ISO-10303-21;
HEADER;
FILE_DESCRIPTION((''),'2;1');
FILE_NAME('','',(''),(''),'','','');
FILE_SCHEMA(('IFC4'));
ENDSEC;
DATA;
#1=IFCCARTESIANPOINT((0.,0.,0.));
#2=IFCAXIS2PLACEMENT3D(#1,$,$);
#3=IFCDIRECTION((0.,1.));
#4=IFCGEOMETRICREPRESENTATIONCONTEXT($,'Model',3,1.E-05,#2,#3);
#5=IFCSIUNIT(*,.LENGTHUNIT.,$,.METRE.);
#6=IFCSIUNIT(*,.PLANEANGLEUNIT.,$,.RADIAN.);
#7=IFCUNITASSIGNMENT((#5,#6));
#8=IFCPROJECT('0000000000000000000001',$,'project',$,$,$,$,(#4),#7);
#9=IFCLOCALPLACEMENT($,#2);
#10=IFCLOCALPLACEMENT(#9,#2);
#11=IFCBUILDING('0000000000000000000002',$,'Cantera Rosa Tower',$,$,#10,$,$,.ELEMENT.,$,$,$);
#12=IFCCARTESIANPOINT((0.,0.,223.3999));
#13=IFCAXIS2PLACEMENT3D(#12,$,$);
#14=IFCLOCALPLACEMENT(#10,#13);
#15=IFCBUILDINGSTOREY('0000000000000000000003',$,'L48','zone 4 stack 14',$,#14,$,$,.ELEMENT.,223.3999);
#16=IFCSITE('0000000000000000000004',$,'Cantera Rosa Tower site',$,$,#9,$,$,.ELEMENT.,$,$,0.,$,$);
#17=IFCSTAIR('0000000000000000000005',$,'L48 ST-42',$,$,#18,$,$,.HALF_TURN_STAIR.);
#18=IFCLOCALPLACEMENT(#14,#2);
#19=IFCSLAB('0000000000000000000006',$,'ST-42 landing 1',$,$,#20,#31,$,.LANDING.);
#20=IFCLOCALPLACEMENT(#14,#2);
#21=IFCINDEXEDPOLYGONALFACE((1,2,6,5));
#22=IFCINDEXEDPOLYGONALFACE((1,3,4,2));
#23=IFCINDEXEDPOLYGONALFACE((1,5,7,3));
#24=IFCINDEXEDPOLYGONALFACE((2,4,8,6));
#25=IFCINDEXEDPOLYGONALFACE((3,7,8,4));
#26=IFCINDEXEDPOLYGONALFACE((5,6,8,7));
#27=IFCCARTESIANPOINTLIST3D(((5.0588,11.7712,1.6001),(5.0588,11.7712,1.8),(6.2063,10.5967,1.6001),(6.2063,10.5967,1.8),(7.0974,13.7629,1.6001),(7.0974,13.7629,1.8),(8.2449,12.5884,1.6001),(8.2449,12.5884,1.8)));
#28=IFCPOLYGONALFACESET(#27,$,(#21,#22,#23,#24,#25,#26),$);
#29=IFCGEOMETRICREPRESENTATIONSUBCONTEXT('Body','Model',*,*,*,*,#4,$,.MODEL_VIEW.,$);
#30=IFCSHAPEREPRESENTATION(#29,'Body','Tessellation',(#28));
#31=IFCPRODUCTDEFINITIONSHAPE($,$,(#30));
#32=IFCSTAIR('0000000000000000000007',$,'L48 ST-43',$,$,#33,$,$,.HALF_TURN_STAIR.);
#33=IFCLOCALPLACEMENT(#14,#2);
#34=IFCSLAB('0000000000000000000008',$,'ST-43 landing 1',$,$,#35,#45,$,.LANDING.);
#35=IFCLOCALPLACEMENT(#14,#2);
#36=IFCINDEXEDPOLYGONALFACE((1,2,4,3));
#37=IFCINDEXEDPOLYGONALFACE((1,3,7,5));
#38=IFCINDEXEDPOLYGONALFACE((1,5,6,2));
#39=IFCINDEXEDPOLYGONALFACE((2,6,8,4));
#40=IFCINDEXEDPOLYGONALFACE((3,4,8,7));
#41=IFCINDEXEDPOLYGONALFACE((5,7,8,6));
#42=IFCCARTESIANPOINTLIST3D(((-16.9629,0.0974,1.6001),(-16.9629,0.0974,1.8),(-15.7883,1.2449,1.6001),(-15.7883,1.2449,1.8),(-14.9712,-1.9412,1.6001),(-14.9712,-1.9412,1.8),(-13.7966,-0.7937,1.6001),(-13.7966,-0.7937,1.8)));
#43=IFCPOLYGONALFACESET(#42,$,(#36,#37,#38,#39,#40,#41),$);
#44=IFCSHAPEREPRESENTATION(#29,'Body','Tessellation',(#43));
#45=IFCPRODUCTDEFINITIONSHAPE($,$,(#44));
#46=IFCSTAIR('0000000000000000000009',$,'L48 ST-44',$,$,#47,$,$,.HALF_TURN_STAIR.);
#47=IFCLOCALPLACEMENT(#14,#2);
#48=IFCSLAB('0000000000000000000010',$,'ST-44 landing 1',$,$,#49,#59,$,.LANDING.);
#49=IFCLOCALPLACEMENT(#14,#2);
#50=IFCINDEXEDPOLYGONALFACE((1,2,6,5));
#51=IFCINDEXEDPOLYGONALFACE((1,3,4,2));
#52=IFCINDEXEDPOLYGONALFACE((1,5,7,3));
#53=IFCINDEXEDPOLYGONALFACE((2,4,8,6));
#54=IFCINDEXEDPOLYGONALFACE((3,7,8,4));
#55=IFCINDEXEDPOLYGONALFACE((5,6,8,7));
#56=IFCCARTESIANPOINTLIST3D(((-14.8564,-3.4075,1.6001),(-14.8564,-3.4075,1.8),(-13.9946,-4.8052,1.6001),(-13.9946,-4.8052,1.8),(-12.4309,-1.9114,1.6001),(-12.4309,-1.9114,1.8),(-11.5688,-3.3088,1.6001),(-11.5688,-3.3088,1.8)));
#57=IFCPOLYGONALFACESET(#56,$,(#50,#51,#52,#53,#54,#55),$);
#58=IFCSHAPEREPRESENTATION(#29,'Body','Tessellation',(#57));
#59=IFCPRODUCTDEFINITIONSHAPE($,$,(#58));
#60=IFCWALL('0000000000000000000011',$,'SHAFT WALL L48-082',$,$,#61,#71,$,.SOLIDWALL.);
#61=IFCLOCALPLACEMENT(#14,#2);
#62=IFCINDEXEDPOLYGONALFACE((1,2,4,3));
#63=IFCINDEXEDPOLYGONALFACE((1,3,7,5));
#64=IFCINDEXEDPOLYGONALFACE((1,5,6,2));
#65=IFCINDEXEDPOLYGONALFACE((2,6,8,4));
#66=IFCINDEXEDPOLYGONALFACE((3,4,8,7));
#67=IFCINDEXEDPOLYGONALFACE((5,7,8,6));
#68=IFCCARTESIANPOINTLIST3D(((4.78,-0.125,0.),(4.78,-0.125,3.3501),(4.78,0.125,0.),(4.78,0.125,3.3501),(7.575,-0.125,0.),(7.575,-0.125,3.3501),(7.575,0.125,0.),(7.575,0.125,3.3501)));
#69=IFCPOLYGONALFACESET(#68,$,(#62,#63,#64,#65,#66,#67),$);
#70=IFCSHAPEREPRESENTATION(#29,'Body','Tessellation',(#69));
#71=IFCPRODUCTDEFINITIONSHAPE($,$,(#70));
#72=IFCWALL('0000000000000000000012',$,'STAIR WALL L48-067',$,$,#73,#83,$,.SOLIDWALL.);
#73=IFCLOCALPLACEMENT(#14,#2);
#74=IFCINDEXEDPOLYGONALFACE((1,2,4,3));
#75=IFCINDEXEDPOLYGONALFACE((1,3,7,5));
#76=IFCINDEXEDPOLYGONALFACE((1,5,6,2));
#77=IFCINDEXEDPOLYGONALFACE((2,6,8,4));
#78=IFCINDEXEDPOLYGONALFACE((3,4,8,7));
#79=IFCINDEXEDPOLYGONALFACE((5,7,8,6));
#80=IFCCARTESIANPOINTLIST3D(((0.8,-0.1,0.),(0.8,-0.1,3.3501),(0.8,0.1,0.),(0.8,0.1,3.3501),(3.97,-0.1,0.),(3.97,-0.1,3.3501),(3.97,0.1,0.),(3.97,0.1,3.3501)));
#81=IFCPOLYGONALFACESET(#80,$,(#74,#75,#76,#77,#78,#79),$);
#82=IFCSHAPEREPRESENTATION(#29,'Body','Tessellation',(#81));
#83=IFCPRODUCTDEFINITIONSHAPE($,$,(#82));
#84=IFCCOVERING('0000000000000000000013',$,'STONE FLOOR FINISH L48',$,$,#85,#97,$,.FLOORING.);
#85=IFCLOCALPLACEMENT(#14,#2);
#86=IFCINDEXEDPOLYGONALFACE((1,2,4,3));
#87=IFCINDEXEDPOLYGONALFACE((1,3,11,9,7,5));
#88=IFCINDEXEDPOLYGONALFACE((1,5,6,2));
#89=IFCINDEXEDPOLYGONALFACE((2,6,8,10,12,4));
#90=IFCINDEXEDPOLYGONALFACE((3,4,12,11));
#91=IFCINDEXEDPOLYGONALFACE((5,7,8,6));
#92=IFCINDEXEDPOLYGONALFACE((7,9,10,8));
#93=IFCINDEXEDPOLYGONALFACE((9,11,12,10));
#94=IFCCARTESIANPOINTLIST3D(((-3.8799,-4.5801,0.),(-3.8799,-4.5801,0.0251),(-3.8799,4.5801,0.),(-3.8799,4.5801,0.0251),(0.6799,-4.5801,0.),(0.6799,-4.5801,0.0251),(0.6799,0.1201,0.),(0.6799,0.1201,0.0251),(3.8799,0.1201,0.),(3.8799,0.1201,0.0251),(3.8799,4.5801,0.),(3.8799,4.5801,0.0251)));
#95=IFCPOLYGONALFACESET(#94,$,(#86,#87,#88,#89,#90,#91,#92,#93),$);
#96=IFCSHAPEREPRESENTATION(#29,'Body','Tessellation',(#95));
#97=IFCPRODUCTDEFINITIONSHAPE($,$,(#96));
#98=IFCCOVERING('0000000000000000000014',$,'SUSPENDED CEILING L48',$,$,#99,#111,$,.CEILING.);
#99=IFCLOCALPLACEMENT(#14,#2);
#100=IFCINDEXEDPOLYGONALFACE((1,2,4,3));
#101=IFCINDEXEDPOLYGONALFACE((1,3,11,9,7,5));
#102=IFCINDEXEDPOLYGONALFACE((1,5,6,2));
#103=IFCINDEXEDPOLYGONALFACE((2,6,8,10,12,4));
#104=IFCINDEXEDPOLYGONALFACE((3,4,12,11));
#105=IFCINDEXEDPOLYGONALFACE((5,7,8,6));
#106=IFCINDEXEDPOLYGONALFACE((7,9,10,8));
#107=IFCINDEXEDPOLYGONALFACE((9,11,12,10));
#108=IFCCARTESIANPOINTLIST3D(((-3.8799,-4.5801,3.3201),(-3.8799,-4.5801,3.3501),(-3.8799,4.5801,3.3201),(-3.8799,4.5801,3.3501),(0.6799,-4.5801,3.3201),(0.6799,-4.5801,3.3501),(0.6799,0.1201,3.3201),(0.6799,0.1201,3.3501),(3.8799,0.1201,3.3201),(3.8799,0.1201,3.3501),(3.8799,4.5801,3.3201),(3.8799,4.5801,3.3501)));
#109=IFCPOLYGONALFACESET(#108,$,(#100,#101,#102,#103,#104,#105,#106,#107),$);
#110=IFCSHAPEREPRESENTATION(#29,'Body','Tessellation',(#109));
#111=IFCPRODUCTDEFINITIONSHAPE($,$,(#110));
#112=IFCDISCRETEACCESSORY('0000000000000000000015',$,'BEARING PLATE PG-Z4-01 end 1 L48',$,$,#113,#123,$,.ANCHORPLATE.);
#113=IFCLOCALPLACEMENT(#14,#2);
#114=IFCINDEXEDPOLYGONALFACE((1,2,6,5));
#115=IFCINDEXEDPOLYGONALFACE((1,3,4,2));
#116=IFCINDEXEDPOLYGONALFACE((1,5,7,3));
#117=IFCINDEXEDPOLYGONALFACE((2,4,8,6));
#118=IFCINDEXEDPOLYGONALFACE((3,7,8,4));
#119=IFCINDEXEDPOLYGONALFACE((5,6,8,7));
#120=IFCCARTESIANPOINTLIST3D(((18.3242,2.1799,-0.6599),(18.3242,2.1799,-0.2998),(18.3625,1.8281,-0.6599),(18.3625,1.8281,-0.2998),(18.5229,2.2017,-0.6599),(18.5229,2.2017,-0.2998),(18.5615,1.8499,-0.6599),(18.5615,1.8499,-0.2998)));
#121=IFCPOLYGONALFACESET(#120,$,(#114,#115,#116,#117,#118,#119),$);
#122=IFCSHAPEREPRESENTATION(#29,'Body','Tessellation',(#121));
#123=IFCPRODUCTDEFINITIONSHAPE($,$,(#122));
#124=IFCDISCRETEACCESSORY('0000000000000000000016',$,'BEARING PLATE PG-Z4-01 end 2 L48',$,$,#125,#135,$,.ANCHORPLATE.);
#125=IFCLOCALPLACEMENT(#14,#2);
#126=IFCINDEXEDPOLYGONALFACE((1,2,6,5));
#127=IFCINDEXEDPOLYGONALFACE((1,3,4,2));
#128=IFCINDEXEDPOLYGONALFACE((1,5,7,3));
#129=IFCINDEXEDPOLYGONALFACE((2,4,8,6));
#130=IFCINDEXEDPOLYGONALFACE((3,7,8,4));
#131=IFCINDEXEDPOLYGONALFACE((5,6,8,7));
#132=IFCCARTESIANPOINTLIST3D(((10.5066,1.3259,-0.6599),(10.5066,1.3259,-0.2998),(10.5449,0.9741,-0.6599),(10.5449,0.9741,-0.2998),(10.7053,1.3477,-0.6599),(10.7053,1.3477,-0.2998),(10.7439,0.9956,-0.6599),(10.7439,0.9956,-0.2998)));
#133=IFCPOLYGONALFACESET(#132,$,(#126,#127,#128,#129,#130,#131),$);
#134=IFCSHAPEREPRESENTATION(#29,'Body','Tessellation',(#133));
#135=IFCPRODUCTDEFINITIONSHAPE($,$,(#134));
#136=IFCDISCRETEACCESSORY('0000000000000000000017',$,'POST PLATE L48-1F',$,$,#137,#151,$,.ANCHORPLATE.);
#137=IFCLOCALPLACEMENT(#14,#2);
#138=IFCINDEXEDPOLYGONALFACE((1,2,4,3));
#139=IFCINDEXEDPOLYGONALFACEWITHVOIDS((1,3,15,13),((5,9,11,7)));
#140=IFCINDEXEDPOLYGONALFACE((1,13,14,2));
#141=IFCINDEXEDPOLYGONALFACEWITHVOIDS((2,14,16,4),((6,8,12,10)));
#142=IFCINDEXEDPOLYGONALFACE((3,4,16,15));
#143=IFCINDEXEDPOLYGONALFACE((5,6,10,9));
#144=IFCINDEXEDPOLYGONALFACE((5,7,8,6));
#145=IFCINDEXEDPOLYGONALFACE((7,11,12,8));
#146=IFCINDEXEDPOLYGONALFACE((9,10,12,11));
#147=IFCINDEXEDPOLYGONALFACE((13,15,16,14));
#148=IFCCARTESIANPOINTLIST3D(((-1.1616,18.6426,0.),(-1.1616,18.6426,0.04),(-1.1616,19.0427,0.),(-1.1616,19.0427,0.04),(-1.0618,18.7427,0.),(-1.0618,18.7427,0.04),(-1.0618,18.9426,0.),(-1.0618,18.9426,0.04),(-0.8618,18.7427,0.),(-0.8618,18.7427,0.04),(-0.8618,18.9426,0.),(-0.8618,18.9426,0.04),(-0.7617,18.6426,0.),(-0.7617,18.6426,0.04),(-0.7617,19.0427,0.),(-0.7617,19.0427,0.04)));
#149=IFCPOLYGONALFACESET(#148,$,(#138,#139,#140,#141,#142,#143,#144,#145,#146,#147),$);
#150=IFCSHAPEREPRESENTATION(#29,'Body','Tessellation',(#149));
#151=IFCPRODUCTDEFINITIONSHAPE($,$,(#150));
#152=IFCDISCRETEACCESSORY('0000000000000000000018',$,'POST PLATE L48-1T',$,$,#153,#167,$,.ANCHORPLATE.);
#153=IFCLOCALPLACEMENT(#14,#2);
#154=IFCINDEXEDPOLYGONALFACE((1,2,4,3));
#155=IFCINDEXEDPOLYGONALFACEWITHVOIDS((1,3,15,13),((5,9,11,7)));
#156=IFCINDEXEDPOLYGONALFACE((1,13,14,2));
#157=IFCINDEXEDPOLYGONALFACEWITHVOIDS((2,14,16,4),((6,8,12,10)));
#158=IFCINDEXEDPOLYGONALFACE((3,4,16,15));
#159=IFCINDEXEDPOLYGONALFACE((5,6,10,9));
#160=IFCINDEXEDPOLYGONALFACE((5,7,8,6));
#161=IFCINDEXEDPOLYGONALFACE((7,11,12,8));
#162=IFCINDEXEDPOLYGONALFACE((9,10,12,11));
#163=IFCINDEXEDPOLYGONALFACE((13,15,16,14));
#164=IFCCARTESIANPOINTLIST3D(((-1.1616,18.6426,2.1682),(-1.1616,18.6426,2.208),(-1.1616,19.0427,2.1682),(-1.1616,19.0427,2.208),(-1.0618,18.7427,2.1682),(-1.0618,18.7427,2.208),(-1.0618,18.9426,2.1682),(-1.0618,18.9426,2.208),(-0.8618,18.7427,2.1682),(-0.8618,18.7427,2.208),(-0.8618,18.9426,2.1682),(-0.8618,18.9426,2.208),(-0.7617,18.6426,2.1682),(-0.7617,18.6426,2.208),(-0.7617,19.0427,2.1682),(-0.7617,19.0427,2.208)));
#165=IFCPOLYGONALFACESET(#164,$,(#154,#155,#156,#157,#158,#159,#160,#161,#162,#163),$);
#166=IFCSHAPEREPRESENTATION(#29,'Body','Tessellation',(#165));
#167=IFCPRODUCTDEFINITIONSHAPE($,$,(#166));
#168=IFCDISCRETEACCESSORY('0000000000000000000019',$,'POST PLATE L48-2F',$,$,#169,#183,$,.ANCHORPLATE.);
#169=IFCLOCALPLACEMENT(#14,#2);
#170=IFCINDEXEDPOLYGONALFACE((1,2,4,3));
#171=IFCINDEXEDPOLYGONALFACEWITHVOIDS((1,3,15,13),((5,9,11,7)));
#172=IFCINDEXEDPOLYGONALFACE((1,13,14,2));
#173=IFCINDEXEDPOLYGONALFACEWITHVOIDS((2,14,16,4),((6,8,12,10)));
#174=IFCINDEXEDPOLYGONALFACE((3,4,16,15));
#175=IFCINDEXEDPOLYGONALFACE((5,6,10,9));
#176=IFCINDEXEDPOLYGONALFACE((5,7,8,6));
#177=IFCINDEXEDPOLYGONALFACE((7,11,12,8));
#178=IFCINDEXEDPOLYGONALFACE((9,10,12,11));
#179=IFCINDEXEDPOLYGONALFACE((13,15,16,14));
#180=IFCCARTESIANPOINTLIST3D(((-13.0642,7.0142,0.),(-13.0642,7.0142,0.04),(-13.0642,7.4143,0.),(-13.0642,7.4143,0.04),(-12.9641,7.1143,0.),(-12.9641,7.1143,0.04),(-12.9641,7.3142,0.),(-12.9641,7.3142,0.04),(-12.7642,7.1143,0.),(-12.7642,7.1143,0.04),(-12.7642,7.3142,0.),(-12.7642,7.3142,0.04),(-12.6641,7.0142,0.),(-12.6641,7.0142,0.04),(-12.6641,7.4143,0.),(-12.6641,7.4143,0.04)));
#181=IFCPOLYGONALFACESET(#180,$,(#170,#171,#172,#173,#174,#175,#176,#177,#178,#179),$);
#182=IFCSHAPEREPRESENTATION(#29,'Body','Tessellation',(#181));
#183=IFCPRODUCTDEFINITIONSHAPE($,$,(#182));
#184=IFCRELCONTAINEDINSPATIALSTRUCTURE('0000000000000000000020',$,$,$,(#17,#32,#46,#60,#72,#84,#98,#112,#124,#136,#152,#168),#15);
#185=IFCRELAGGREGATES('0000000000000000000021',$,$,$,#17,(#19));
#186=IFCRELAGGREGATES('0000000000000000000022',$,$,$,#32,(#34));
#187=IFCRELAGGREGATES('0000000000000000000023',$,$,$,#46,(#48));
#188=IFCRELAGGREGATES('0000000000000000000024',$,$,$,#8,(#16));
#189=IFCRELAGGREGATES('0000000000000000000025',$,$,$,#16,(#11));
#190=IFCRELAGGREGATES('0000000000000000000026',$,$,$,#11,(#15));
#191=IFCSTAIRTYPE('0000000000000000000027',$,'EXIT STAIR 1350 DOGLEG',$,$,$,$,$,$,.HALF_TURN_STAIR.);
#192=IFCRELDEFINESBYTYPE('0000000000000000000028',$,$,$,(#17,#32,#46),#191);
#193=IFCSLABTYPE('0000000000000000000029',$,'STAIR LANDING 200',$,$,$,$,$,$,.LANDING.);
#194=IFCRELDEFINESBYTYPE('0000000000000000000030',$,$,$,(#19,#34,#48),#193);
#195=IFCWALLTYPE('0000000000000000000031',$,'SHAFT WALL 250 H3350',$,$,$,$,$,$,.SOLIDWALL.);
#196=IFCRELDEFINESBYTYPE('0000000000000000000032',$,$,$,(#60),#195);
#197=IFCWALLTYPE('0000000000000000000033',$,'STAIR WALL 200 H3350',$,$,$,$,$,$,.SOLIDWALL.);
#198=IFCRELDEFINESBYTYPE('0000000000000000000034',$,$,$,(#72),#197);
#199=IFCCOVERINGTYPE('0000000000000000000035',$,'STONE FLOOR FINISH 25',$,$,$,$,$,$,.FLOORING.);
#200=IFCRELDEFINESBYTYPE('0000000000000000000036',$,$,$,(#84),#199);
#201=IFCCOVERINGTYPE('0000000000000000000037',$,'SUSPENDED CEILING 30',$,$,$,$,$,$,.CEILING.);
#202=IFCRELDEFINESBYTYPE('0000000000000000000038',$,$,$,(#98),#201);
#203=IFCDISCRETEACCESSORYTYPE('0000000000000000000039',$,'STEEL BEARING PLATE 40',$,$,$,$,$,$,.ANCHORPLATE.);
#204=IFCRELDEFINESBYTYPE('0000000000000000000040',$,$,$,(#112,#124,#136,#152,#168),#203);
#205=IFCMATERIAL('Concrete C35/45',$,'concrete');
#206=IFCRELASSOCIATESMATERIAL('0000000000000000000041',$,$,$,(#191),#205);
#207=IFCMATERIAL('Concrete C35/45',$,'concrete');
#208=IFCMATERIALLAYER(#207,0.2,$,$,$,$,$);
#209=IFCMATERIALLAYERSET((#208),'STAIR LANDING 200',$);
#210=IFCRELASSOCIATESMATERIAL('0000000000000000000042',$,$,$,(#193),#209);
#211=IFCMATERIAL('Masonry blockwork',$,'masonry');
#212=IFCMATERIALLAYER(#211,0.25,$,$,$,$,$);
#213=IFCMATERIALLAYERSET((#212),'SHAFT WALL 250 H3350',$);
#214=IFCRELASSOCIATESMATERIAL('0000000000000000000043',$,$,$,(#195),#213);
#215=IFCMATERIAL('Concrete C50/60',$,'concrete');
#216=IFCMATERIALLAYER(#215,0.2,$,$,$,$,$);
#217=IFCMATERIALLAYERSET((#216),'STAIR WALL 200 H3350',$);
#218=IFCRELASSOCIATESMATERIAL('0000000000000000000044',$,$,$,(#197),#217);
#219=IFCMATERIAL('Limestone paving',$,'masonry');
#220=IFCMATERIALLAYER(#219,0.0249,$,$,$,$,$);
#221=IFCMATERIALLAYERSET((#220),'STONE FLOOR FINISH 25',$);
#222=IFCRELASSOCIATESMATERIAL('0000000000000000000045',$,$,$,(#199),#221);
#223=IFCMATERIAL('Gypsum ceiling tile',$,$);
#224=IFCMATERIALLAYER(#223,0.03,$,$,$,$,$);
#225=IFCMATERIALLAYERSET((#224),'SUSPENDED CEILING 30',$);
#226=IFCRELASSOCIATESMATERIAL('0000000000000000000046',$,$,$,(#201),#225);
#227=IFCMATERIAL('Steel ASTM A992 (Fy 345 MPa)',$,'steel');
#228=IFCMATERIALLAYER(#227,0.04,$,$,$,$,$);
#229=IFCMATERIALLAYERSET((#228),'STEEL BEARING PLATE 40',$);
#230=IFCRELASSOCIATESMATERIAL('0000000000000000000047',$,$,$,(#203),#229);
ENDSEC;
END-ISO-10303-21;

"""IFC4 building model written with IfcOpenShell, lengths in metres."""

from ifc_helpers import new_model, si_unit, direction, frame, frame_2d, origin, place, context, subcontext, project, spatial, polyline, rectangle, outline, extrude, material, layer, layer_set, type_object, element, aggregate, save


model = new_model("IFC4")

# Units and contexts
model_context = context("Model", 3, precision=1e-05, world=origin(), true_north=direction((0.0, 1.0)))
body_context = subcontext(model_context, "Body", "Model", "MODEL_VIEW")
ifc_project = project(units=[si_unit("LENGTHUNIT", "METRE"), si_unit("PLANEANGLEUNIT", "RADIAN")], contexts=[model_context])

# Site, building, storey
site_placement = place(None, origin())
site = spatial("IfcSite", under=ifc_project, at=site_placement, Name="Cantera Rosa Tower site", CompositionType="ELEMENT", RefElevation=0.0)
building_placement = place(site_placement, origin())
building = spatial("IfcBuilding", under=site, at=building_placement, Name="Cantera Rosa Tower", CompositionType="ELEMENT")
storey_placement = place(building_placement, frame((0.0, 0.0, 223.3999)))
storey = spatial("IfcBuildingStorey", under=building, at=storey_placement, Name="L48", Description="zone 4 stack 14", CompositionType="ELEMENT", Elevation=223.3999)

# Stairs, slabs
ifc_material_1 = material(Name="Concrete C35/45", Category="concrete")
stair_type = type_object("IfcStairType", Name="EXIT STAIR 1350 DOGLEG", PredefinedType="HALF_TURN_STAIR", material=ifc_material_1)
ifc_material_2 = material(Name="Concrete C35/45", Category="concrete")
ifc_layer_1 = layer(ifc_material_2, 0.2)
ifc_layer_set_1 = layer_set([ifc_layer_1], Name="STAIR LANDING 200")
slab_type_1 = type_object("IfcSlabType", Name="STAIR LANDING 200", PredefinedType="LANDING", material=ifc_layer_set_1)
stair_1_placement = place(storey_placement, origin())
stair_1 = element("IfcStair", 1, at=stair_1_placement, inside=storey, type_object=stair_type, Name="L48 ST-42", PredefinedType="HALF_TURN_STAIR")
slab_1_placement = place(storey_placement, frame((0.0, 0.0, 1.6001)))
slab_1 = element("IfcSlab", 2, at=slab_1_placement, type_object=slab_type_1, Name="ST-42 landing 1", PredefinedType="LANDING", context=body_context, shape_type="SweptSolid", body=[
    extrude(outline(polyline([(8.2449, 12.5884), (7.0974, 13.7629), (5.0588, 11.7712), (6.2063, 10.5967), (8.2449, 12.5884)])), origin(), (0.0, 0.0, 1.0), 0.2),
])
aggregate(stair_1, [slab_1])
stair_2_placement = place(storey_placement, origin())
stair_2 = element("IfcStair", 3, at=stair_2_placement, inside=storey, type_object=stair_type, Name="L48 ST-43", PredefinedType="HALF_TURN_STAIR")
slab_2_placement = place(storey_placement, frame((0.0, 0.0, 1.6001)))
slab_2 = element("IfcSlab", 4, at=slab_2_placement, type_object=slab_type_1, Name="ST-43 landing 1", PredefinedType="LANDING", context=body_context, shape_type="SweptSolid", body=[
    extrude(outline(polyline([(-15.7883, 1.2449), (-16.9629, 0.0974), (-14.9712, -1.9412), (-13.7966, -0.7937), (-15.7883, 1.2449)])), origin(), (0.0, 0.0, 1.0), 0.2),
])
aggregate(stair_2, [slab_2])
stair_3_placement = place(storey_placement, origin())
stair_3 = element("IfcStair", 5, at=stair_3_placement, inside=storey, type_object=stair_type, Name="L48 ST-44", PredefinedType="HALF_TURN_STAIR")
slab_3_placement = place(storey_placement, frame((0.0, 0.0, 1.6001)))
slab_3 = element("IfcSlab", 6, at=slab_3_placement, type_object=slab_type_1, Name="ST-44 landing 1", PredefinedType="LANDING", context=body_context, shape_type="SweptSolid", body=[
    extrude(outline(polyline([(-11.5688, -3.3088), (-12.4309, -1.9114), (-14.8564, -3.4075), (-13.9946, -4.8052), (-11.5688, -3.3088)])), origin(), (0.0, 0.0, 1.0), 0.2),
])
aggregate(stair_3, [slab_3])

# Walls
ifc_material_3 = material(Name="Masonry blockwork", Category="masonry")
ifc_layer_2 = layer(ifc_material_3, 0.25)
ifc_layer_set_2 = layer_set([ifc_layer_2], Name="SHAFT WALL 250 H3350")
wall_type_1 = type_object("IfcWallType", Name="SHAFT WALL 250 H3350", PredefinedType="SOLIDWALL", material=ifc_layer_set_2)
wall_1_placement = place(storey_placement, frame((4.78, 0.0, 0.0), z_axis=(0.0, 0.0, 1.0), x_axis=(1.0, 0.0, 0.0)))
element("IfcWall", 7, at=wall_1_placement, inside=storey, type_object=wall_type_1, Name="SHAFT WALL L48-082", PredefinedType="SOLIDWALL", context=body_context, shape_type="SweptSolid", body=[
    extrude(rectangle(XDim=2.7949, YDim=0.25, at=frame_2d((1.3975, 0.0))), origin(), (0.0, 0.0, 1.0), 3.3501),
])
ifc_material_4 = material(Name="Concrete C50/60", Category="concrete")
ifc_layer_3 = layer(ifc_material_4, 0.2)
ifc_layer_set_3 = layer_set([ifc_layer_3], Name="STAIR WALL 200 H3350")
wall_type_2 = type_object("IfcWallType", Name="STAIR WALL 200 H3350", PredefinedType="SOLIDWALL", material=ifc_layer_set_3)
wall_2_placement = place(storey_placement, frame((0.8, 0.0, 0.0), z_axis=(0.0, 0.0, 1.0), x_axis=(1.0, 0.0, 0.0)))
element("IfcWall", 8, at=wall_2_placement, inside=storey, type_object=wall_type_2, Name="STAIR WALL L48-067", PredefinedType="SOLIDWALL", context=body_context, shape_type="SweptSolid", body=[
    extrude(rectangle(XDim=3.1699, YDim=0.2, at=frame_2d((1.585, 0.0))), origin(), (0.0, 0.0, 1.0), 3.3501),
])

# Coverings
ifc_material_5 = material(Name="Limestone paving", Category="masonry")
ifc_layer_4 = layer(ifc_material_5, 0.0249)
ifc_layer_set_4 = layer_set([ifc_layer_4], Name="STONE FLOOR FINISH 25")
covering_type_1 = type_object("IfcCoveringType", Name="STONE FLOOR FINISH 25", PredefinedType="FLOORING", material=ifc_layer_set_4)
covering_1_placement = place(storey_placement, origin())
element("IfcCovering", 9, at=covering_1_placement, inside=storey, type_object=covering_type_1, Name="STONE FLOOR FINISH L48", PredefinedType="FLOORING", context=body_context, shape_type="SweptSolid", body=[
    extrude(outline(polyline([(3.8799, 4.5801), (3.8799, 0.1201), (0.6799, 0.1201), (0.6799, -4.5801), (-3.8799, -4.5801), (-3.8799, 4.5801), (3.8799, 4.5801)])), origin(), (0.0, 0.0, 1.0), 0.0251),
])
ifc_material_6 = material(Name="Gypsum ceiling tile")
ifc_layer_5 = layer(ifc_material_6, 0.03)
ifc_layer_set_5 = layer_set([ifc_layer_5], Name="SUSPENDED CEILING 30")
covering_type_2 = type_object("IfcCoveringType", Name="SUSPENDED CEILING 30", PredefinedType="CEILING", material=ifc_layer_set_5)
covering_2_placement = place(storey_placement, frame((0.0, 0.0, 3.3201)))
element("IfcCovering", 10, at=covering_2_placement, inside=storey, type_object=covering_type_2, Name="SUSPENDED CEILING L48", PredefinedType="CEILING", context=body_context, shape_type="SweptSolid", body=[
    extrude(outline(polyline([(3.8799, 4.5801), (3.8799, 0.1201), (0.6799, 0.1201), (0.6799, -4.5801), (-3.8799, -4.5801), (-3.8799, 4.5801), (3.8799, 4.5801)])), origin(), (0.0, 0.0, 1.0), 0.03),
])

# Discrete accessories
ifc_material_7 = material(Name="Steel ASTM A992 (Fy 345 MPa)", Category="steel")
ifc_layer_6 = layer(ifc_material_7, 0.04)
ifc_layer_set_6 = layer_set([ifc_layer_6], Name="STEEL BEARING PLATE 40")
discrete_accessory_type = type_object("IfcDiscreteAccessoryType", Name="STEEL BEARING PLATE 40", PredefinedType="ANCHORPLATE", material=ifc_layer_set_6)
discrete_accessory_1_placement = place(storey_placement, frame((0.0, 0.0, -0.6599)))
element("IfcDiscreteAccessory", 11, at=discrete_accessory_1_placement, inside=storey, type_object=discrete_accessory_type, Name="BEARING PLATE PG-Z4-01 end 1 L48", PredefinedType="ANCHORPLATE", context=body_context, shape_type="SweptSolid", body=[
    extrude(outline(polyline([(18.3625, 1.8281), (18.5615, 1.8499), (18.5229, 2.2017), (18.3242, 2.1799), (18.3625, 1.8281)])), origin(), (0.0, 0.0, 1.0), 0.3601),
])
discrete_accessory_2_placement = place(storey_placement, frame((0.0, 0.0, -0.6599)))
element("IfcDiscreteAccessory", 12, at=discrete_accessory_2_placement, inside=storey, type_object=discrete_accessory_type, Name="BEARING PLATE PG-Z4-01 end 2 L48", PredefinedType="ANCHORPLATE", context=body_context, shape_type="SweptSolid", body=[
    extrude(outline(polyline([(10.7053, 1.3477), (10.5066, 1.3259), (10.5449, 0.9741), (10.7439, 0.9956), (10.7053, 1.3477)])), origin(), (0.0, 0.0, 1.0), 0.3601),
])
discrete_accessory_3_placement = place(storey_placement, origin())
element("IfcDiscreteAccessory", 13, at=discrete_accessory_3_placement, inside=storey, type_object=discrete_accessory_type, Name="POST PLATE L48-1F", PredefinedType="ANCHORPLATE", context=body_context, shape_type="SweptSolid", body=[
    extrude(outline(polyline([(-1.1616, 18.6426), (-0.7617, 18.6426), (-0.7617, 19.0427), (-1.1616, 19.0427), (-1.1616, 18.6426)]), holes=[polyline([(-1.0618, 18.7427), (-0.8618, 18.7427), (-0.8618, 18.9426), (-1.0618, 18.9426), (-1.0618, 18.7427)])]), origin(), (0.0, 0.0, 1.0), 0.04),
])
discrete_accessory_4_placement = place(storey_placement, frame((0.0, 0.0, 2.1682)))
element("IfcDiscreteAccessory", 14, at=discrete_accessory_4_placement, inside=storey, type_object=discrete_accessory_type, Name="POST PLATE L48-1T", PredefinedType="ANCHORPLATE", context=body_context, shape_type="SweptSolid", body=[
    extrude(outline(polyline([(-1.1616, 18.6426), (-0.7617, 18.6426), (-0.7617, 19.0427), (-1.1616, 19.0427), (-1.1616, 18.6426)]), holes=[polyline([(-1.0618, 18.7427), (-0.8618, 18.7427), (-0.8618, 18.9426), (-1.0618, 18.9426), (-1.0618, 18.7427)])]), origin(), (0.0, 0.0, 1.0), 0.0398),
])
discrete_accessory_5_placement = place(storey_placement, origin())
element("IfcDiscreteAccessory", 15, at=discrete_accessory_5_placement, inside=storey, type_object=discrete_accessory_type, Name="POST PLATE L48-2F", PredefinedType="ANCHORPLATE", context=body_context, shape_type="SweptSolid", body=[
    extrude(outline(polyline([(-13.0642, 7.0142), (-12.6641, 7.0142), (-12.6641, 7.4143), (-13.0642, 7.4143), (-13.0642, 7.0142)]), holes=[polyline([(-12.9641, 7.1143), (-12.7642, 7.1143), (-12.7642, 7.3142), (-12.9641, 7.3142), (-12.9641, 7.1143)])]), origin(), (0.0, 0.0, 1.0), 0.04),
])

save(model, "model.ifc")
